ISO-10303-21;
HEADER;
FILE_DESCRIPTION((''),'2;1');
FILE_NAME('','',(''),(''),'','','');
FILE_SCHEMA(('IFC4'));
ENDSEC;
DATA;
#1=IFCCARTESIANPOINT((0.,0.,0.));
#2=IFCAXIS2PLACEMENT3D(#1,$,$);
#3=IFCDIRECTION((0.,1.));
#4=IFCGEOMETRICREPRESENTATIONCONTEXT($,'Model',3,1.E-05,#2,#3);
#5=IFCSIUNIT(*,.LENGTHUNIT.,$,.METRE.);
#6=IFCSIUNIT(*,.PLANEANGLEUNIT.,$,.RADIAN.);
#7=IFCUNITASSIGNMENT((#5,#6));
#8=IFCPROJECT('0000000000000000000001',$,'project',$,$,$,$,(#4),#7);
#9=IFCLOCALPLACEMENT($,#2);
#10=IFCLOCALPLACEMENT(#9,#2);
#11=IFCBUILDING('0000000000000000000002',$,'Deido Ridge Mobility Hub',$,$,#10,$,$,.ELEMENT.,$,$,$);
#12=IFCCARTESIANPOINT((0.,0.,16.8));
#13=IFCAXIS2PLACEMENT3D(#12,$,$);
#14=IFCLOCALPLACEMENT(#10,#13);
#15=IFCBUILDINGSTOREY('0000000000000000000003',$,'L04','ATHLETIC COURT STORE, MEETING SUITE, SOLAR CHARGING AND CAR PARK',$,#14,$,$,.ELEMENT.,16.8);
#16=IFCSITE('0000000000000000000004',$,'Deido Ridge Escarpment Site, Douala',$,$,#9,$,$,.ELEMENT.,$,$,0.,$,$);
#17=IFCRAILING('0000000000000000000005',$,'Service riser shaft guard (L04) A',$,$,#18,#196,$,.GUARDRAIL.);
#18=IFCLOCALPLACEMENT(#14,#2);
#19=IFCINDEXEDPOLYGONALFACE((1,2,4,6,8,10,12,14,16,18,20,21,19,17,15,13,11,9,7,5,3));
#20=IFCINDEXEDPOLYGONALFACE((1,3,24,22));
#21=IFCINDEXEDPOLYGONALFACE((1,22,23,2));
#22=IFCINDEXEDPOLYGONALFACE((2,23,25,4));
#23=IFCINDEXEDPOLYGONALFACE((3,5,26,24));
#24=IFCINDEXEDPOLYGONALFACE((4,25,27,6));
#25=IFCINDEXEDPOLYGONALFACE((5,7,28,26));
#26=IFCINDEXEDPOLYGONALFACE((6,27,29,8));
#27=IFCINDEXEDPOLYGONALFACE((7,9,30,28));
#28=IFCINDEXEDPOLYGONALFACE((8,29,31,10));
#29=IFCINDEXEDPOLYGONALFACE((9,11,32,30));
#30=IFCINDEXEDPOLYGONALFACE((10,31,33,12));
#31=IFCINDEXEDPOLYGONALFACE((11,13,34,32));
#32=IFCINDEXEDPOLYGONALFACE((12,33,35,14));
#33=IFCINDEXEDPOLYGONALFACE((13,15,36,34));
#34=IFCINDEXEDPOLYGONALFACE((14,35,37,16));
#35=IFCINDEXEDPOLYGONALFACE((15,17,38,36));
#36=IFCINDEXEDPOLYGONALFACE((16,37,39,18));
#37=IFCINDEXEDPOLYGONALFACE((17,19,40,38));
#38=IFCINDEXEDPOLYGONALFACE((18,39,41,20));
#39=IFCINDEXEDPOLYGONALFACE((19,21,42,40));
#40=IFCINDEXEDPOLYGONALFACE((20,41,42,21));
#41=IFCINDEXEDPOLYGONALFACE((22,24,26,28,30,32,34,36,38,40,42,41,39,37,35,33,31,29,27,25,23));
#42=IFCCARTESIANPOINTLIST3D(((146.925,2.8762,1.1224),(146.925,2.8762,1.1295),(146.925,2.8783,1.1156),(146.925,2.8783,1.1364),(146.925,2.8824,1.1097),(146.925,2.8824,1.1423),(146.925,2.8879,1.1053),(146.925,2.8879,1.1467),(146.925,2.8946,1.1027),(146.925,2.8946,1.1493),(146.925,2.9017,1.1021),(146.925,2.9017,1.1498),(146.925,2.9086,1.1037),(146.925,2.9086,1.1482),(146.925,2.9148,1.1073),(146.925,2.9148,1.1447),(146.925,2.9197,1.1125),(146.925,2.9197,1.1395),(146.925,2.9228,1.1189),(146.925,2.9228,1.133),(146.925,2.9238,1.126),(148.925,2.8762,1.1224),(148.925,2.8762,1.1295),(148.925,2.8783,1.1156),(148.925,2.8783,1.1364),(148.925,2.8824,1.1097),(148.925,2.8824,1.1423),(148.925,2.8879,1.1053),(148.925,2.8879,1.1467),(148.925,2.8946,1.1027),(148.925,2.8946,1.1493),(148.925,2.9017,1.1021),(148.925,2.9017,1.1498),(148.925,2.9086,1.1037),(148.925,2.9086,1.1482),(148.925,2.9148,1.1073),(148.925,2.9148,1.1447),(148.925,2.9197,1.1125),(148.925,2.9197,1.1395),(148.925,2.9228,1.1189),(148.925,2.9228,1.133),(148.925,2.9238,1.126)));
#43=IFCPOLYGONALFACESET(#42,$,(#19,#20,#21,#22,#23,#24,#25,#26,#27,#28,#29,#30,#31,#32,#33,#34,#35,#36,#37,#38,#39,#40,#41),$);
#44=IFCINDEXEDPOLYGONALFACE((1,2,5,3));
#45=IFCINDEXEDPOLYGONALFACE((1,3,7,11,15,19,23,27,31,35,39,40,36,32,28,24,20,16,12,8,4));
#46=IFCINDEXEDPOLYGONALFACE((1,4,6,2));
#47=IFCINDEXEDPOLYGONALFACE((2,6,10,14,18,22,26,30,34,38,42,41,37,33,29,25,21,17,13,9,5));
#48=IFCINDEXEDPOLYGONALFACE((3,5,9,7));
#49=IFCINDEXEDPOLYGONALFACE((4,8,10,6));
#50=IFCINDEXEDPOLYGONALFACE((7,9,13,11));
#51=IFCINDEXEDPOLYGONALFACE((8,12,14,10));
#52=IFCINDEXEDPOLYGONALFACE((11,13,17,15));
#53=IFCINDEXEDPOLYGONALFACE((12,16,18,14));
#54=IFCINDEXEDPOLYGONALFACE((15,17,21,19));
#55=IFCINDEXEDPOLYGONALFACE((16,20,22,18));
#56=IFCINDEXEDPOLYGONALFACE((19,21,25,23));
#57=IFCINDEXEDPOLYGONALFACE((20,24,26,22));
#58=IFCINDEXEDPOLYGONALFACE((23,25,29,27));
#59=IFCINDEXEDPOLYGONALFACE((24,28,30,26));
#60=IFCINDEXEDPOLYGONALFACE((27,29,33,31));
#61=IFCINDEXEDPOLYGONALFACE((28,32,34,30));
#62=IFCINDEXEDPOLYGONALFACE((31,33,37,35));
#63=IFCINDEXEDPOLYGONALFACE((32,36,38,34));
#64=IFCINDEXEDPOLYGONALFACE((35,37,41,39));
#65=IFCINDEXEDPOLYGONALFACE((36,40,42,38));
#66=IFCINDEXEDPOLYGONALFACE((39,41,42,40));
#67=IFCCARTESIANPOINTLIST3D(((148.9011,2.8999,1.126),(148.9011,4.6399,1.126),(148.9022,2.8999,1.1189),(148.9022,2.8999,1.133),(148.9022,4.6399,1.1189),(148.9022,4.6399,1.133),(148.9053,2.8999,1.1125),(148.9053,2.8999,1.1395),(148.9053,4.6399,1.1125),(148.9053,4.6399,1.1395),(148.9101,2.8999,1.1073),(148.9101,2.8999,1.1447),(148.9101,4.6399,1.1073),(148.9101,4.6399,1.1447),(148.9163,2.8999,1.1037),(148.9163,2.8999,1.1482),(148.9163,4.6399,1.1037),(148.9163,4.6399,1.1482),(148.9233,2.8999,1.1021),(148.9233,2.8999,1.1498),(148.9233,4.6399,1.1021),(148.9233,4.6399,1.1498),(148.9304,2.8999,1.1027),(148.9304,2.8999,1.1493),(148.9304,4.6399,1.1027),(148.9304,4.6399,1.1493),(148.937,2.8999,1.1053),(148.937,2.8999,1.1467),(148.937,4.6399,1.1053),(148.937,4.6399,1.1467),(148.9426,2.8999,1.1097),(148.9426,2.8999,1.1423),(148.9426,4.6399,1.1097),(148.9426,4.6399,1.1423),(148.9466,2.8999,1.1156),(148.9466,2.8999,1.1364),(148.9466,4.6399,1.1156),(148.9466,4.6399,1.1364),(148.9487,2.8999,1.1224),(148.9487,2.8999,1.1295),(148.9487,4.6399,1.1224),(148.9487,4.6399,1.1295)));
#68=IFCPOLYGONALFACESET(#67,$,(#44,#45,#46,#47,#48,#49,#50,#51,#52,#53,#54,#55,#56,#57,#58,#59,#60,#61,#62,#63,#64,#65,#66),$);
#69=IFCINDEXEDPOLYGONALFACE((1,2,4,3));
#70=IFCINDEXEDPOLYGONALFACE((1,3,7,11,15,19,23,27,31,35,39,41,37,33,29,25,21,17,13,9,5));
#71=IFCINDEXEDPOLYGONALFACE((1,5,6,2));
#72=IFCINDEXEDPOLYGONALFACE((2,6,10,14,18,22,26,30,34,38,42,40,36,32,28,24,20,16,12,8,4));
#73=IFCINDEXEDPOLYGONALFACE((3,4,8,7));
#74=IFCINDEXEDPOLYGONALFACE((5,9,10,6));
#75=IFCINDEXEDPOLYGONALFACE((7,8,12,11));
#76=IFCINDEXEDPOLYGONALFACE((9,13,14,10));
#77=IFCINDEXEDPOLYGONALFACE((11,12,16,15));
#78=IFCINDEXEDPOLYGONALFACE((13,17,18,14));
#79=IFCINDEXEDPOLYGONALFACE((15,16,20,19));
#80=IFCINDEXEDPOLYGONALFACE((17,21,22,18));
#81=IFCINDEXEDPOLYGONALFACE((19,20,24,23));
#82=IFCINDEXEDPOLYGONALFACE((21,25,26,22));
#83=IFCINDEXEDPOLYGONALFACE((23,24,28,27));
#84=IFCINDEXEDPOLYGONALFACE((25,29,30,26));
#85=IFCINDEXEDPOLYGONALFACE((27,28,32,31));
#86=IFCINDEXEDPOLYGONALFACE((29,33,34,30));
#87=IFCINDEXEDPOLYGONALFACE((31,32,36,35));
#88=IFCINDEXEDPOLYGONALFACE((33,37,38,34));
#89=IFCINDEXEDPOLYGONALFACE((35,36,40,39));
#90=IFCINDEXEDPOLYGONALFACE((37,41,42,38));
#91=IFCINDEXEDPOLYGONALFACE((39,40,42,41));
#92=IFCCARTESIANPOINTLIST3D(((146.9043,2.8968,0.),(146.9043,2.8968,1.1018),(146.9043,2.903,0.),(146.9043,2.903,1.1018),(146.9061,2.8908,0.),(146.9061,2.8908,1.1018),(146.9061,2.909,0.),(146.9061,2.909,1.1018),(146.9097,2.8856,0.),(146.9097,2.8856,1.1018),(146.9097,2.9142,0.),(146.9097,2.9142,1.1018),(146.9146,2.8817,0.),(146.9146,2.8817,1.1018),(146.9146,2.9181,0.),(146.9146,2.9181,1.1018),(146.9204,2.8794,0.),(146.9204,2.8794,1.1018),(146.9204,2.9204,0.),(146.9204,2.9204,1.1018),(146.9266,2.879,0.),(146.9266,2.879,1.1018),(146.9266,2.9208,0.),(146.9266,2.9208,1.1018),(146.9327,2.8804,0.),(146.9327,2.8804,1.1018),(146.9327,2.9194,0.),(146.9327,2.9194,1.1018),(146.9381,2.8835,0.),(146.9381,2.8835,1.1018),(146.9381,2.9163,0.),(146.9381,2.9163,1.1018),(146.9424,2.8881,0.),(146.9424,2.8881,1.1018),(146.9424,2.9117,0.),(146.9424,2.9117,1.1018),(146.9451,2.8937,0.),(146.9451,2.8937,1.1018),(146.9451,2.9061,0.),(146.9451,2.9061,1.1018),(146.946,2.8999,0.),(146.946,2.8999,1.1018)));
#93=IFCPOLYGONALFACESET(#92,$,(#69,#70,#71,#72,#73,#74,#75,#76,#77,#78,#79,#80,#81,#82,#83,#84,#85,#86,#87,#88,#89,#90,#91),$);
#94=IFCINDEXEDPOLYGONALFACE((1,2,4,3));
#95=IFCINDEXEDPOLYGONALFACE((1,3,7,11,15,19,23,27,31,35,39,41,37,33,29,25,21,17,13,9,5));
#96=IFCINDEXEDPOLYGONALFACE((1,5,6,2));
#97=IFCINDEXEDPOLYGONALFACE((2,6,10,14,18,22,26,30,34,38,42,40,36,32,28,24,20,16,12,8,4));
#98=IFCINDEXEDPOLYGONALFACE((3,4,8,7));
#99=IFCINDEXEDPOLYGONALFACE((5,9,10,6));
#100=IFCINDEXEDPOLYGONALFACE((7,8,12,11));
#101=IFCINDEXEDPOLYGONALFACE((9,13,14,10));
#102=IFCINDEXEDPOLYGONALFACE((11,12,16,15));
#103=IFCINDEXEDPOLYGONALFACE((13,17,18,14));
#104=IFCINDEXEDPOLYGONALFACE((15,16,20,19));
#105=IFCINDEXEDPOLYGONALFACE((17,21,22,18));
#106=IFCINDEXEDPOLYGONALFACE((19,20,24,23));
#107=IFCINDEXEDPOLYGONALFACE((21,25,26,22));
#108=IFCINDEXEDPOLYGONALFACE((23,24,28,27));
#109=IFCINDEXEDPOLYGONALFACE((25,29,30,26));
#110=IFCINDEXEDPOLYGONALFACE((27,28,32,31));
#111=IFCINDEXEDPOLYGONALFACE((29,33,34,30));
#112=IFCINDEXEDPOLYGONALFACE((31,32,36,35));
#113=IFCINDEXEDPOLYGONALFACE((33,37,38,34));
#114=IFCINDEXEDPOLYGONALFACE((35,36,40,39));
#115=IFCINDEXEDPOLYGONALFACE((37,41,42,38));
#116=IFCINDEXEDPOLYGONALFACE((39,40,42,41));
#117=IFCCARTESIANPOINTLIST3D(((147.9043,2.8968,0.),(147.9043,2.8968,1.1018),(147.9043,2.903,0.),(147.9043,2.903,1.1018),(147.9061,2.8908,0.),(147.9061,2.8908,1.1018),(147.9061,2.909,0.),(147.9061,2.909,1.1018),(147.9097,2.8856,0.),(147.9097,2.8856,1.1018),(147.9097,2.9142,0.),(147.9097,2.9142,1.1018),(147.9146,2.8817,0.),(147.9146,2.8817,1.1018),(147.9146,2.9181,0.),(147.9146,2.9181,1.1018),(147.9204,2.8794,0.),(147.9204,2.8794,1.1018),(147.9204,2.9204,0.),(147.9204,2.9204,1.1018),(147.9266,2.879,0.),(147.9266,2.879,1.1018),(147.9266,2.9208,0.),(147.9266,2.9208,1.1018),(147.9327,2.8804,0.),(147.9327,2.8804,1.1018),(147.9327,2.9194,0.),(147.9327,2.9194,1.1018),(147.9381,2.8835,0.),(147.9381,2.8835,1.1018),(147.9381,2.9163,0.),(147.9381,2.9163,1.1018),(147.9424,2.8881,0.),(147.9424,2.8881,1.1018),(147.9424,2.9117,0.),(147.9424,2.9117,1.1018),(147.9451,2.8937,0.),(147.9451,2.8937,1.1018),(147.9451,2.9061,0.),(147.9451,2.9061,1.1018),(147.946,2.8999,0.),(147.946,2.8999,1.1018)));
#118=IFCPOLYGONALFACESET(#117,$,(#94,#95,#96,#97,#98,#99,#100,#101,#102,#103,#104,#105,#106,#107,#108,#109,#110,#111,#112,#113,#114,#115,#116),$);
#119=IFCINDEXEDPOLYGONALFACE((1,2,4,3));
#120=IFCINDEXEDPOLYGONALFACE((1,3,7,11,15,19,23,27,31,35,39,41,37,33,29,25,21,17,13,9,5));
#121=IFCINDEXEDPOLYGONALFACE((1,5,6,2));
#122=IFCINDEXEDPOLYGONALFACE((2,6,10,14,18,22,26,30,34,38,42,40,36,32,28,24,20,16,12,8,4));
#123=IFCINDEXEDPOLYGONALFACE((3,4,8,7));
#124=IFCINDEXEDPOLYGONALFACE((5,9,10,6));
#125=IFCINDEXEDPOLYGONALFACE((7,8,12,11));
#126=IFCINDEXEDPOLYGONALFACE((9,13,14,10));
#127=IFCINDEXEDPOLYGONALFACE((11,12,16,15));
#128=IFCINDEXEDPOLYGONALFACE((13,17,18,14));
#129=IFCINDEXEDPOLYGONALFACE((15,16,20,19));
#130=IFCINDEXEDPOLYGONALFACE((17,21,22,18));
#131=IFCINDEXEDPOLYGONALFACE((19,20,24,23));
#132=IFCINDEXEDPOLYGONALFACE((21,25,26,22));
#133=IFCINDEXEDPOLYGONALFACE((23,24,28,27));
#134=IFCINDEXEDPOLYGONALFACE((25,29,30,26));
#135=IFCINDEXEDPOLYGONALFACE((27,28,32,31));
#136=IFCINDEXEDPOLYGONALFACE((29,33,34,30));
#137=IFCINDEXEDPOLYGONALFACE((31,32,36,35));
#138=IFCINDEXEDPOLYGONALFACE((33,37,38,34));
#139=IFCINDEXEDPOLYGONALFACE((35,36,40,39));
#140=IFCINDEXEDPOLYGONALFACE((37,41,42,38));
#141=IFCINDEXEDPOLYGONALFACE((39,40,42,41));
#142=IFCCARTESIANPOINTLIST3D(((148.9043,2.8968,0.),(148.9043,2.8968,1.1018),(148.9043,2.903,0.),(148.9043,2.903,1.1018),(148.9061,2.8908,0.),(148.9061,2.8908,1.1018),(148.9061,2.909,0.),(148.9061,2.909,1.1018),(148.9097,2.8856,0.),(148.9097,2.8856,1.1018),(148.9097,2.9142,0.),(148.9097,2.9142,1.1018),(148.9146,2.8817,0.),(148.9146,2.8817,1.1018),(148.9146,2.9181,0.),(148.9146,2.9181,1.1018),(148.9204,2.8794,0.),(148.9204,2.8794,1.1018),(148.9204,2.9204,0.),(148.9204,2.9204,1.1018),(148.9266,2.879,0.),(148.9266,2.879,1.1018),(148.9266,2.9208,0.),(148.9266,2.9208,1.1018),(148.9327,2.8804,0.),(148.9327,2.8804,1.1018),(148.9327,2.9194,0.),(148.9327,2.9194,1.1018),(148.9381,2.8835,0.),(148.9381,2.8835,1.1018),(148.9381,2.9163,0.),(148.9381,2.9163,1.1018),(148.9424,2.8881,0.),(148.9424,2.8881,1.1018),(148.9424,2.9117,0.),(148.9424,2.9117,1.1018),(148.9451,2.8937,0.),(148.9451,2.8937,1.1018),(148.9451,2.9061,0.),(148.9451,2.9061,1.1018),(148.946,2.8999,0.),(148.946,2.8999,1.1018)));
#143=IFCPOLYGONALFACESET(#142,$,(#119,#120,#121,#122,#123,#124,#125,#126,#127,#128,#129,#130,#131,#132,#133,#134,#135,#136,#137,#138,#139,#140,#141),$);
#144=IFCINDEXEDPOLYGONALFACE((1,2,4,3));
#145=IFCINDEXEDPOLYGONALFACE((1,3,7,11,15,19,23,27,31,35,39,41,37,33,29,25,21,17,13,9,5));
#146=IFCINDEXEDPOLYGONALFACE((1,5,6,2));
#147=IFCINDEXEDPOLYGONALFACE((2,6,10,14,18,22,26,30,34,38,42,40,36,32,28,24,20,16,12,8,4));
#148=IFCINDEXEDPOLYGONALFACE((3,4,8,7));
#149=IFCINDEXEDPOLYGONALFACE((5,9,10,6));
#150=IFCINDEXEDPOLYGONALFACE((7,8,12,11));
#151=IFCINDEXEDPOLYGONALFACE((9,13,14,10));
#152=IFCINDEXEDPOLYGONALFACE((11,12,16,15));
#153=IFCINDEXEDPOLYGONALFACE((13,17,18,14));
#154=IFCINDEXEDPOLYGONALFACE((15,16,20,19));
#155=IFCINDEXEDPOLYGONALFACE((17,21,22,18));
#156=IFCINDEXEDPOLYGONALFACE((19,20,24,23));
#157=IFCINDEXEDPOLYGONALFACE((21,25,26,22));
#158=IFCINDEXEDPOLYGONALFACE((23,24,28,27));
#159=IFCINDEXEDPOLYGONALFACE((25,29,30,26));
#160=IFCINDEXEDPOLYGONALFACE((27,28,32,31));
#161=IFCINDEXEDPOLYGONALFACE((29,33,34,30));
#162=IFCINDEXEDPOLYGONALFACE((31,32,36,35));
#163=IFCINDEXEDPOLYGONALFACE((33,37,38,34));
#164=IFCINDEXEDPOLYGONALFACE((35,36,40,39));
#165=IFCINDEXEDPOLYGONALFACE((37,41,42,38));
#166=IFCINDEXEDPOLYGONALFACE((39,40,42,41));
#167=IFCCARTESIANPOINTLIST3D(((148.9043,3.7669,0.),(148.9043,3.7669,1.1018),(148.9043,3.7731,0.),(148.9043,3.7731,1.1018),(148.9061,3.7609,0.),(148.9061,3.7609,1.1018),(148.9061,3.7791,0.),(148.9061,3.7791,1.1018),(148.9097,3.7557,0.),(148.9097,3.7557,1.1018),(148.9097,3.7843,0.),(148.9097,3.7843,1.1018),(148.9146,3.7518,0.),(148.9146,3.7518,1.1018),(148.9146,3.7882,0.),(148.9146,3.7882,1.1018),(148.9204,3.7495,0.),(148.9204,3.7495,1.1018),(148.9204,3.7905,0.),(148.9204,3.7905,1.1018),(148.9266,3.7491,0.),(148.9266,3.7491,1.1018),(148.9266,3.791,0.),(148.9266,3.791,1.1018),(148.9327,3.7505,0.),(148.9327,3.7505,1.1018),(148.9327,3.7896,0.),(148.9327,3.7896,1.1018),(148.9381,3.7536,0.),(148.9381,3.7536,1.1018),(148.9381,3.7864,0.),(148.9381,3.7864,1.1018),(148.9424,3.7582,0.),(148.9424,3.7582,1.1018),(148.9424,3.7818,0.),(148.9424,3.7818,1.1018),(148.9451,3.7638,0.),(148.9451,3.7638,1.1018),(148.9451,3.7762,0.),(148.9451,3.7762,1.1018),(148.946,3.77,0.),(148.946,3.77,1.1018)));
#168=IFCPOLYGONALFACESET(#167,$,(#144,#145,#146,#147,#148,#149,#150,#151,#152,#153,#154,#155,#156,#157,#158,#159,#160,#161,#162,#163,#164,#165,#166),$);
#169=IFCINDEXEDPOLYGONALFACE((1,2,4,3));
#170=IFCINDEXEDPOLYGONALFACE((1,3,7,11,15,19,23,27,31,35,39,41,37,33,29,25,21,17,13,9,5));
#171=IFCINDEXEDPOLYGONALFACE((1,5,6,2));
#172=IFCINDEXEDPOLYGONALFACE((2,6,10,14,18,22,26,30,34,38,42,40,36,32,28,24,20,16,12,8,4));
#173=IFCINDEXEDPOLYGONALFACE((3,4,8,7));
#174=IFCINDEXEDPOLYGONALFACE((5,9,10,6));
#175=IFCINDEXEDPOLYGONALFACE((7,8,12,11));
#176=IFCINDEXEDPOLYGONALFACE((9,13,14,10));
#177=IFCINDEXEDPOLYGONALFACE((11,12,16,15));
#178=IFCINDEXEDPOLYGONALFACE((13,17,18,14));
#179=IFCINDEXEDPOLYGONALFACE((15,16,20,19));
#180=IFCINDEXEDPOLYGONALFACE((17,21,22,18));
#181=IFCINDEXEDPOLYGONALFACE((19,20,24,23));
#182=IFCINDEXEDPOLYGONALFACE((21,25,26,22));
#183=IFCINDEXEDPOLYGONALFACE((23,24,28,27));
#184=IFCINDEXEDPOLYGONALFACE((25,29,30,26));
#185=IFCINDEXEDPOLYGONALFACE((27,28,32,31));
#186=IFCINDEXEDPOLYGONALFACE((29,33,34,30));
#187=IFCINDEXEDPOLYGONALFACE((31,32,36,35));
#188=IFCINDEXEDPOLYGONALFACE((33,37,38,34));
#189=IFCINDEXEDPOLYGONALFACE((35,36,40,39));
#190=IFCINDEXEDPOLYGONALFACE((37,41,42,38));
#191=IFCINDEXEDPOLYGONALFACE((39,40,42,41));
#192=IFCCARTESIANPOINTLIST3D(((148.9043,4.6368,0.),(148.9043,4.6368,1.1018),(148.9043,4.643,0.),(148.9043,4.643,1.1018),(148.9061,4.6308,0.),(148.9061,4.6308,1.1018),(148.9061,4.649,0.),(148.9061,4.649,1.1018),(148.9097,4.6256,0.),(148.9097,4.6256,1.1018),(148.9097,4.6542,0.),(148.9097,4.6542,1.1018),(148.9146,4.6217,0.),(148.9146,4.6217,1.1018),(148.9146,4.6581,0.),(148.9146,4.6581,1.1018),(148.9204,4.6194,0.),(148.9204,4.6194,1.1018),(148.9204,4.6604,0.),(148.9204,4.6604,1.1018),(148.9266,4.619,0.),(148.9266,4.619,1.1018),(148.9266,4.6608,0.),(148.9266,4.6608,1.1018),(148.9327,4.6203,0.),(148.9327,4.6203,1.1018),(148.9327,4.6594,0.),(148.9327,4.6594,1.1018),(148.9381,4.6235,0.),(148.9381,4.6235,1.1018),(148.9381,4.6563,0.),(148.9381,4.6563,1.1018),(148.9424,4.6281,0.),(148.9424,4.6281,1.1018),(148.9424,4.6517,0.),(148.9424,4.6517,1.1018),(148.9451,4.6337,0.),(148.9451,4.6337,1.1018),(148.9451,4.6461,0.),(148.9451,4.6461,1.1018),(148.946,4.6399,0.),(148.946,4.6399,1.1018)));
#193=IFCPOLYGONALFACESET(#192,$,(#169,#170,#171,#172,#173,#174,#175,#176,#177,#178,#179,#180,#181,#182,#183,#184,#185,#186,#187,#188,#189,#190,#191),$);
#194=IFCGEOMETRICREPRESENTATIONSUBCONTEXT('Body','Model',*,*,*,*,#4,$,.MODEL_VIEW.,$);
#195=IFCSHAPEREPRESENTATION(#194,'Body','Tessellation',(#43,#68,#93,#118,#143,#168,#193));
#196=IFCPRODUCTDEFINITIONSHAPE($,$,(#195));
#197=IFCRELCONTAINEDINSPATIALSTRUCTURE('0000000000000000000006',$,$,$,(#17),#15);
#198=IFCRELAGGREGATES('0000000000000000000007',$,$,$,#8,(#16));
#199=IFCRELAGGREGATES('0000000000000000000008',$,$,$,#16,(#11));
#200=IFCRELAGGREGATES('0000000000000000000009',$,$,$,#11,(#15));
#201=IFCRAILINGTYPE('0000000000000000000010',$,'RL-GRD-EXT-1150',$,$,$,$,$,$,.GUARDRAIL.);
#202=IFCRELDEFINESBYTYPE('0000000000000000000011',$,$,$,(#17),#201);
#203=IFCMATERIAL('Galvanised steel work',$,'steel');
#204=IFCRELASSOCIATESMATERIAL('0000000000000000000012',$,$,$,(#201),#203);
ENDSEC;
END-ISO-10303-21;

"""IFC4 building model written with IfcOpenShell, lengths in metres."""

from ifc_helpers import new_model, si_unit, direction, frame, origin, origin_2d, place, context, subcontext, project, spatial, circle, extrude, material, type_object, element, save


model = new_model("IFC4")

# Units and contexts
model_context = context("Model", 3, precision=1e-05, world=origin(), true_north=direction((0.0, 1.0)))
body_context = subcontext(model_context, "Body", "Model", "MODEL_VIEW")
ifc_project = project(units=[si_unit("LENGTHUNIT", "METRE"), si_unit("PLANEANGLEUNIT", "RADIAN")], contexts=[model_context])

# Site, building, storey
site_placement = place(None, origin())
site = spatial("IfcSite", under=ifc_project, at=site_placement, Name="Deido Ridge Escarpment Site, Douala", CompositionType="ELEMENT", RefElevation=0.0)
building_placement = place(site_placement, origin())
building = spatial("IfcBuilding", under=site, at=building_placement, Name="Deido Ridge Mobility Hub", CompositionType="ELEMENT")
storey_placement = place(building_placement, frame((0.0, 0.0, 16.8)))
storey = spatial("IfcBuildingStorey", under=building, at=storey_placement, Name="L04", Description="ATHLETIC COURT STORE, MEETING SUITE, SOLAR CHARGING AND CAR PARK", CompositionType="ELEMENT", Elevation=16.8)

# Railing
ifc_material_1 = material(Name="Galvanised steel work", Category="steel")
railing_type = type_object("IfcRailingType", Name="RL-GRD-EXT-1150", PredefinedType="GUARDRAIL", material=ifc_material_1)
railing_1_placement = place(storey_placement, frame((146.925, 2.8999, 0.0)))
element("IfcRailing", 1, at=railing_1_placement, inside=storey, type_object=railing_type, Name="Service riser shaft guard (L04) A", PredefinedType="GUARDRAIL", context=body_context, shape_type="SweptSolid", body=[
    extrude(circle(Radius=0.0239, at=origin_2d()), frame((0.0, 0.0, 1.126), z_axis=(1.0, 0.0, 0.0), x_axis=(0.0, 1.0, 0.0)), (0.0, 0.0, 1.0), 2.0),
    extrude(circle(Radius=0.0239, at=origin_2d()), frame((2.0, 0.0, 1.126), z_axis=(0.0, 1.0, 0.0), x_axis=(-1.0, 0.0, 0.0)), (0.0, 0.0, 1.0), 1.74),
    extrude(circle(Radius=0.021, at=origin_2d()), origin(), (0.0, 0.0, 1.0), 1.1018),
    extrude(circle(Radius=0.021, at=origin_2d()), frame((1.0, 0.0, 0.0)), (0.0, 0.0, 1.0), 1.1018),
    extrude(circle(Radius=0.021, at=origin_2d()), frame((2.0, 0.0, 0.0)), (0.0, 0.0, 1.0), 1.1018),
    extrude(circle(Radius=0.021, at=origin_2d()), frame((2.0, 0.8701, 0.0)), (0.0, 0.0, 1.0), 1.1018),
    extrude(circle(Radius=0.021, at=origin_2d()), frame((2.0, 1.74, 0.0)), (0.0, 0.0, 1.0), 1.1018),
])

save(model, "model.ifc")
